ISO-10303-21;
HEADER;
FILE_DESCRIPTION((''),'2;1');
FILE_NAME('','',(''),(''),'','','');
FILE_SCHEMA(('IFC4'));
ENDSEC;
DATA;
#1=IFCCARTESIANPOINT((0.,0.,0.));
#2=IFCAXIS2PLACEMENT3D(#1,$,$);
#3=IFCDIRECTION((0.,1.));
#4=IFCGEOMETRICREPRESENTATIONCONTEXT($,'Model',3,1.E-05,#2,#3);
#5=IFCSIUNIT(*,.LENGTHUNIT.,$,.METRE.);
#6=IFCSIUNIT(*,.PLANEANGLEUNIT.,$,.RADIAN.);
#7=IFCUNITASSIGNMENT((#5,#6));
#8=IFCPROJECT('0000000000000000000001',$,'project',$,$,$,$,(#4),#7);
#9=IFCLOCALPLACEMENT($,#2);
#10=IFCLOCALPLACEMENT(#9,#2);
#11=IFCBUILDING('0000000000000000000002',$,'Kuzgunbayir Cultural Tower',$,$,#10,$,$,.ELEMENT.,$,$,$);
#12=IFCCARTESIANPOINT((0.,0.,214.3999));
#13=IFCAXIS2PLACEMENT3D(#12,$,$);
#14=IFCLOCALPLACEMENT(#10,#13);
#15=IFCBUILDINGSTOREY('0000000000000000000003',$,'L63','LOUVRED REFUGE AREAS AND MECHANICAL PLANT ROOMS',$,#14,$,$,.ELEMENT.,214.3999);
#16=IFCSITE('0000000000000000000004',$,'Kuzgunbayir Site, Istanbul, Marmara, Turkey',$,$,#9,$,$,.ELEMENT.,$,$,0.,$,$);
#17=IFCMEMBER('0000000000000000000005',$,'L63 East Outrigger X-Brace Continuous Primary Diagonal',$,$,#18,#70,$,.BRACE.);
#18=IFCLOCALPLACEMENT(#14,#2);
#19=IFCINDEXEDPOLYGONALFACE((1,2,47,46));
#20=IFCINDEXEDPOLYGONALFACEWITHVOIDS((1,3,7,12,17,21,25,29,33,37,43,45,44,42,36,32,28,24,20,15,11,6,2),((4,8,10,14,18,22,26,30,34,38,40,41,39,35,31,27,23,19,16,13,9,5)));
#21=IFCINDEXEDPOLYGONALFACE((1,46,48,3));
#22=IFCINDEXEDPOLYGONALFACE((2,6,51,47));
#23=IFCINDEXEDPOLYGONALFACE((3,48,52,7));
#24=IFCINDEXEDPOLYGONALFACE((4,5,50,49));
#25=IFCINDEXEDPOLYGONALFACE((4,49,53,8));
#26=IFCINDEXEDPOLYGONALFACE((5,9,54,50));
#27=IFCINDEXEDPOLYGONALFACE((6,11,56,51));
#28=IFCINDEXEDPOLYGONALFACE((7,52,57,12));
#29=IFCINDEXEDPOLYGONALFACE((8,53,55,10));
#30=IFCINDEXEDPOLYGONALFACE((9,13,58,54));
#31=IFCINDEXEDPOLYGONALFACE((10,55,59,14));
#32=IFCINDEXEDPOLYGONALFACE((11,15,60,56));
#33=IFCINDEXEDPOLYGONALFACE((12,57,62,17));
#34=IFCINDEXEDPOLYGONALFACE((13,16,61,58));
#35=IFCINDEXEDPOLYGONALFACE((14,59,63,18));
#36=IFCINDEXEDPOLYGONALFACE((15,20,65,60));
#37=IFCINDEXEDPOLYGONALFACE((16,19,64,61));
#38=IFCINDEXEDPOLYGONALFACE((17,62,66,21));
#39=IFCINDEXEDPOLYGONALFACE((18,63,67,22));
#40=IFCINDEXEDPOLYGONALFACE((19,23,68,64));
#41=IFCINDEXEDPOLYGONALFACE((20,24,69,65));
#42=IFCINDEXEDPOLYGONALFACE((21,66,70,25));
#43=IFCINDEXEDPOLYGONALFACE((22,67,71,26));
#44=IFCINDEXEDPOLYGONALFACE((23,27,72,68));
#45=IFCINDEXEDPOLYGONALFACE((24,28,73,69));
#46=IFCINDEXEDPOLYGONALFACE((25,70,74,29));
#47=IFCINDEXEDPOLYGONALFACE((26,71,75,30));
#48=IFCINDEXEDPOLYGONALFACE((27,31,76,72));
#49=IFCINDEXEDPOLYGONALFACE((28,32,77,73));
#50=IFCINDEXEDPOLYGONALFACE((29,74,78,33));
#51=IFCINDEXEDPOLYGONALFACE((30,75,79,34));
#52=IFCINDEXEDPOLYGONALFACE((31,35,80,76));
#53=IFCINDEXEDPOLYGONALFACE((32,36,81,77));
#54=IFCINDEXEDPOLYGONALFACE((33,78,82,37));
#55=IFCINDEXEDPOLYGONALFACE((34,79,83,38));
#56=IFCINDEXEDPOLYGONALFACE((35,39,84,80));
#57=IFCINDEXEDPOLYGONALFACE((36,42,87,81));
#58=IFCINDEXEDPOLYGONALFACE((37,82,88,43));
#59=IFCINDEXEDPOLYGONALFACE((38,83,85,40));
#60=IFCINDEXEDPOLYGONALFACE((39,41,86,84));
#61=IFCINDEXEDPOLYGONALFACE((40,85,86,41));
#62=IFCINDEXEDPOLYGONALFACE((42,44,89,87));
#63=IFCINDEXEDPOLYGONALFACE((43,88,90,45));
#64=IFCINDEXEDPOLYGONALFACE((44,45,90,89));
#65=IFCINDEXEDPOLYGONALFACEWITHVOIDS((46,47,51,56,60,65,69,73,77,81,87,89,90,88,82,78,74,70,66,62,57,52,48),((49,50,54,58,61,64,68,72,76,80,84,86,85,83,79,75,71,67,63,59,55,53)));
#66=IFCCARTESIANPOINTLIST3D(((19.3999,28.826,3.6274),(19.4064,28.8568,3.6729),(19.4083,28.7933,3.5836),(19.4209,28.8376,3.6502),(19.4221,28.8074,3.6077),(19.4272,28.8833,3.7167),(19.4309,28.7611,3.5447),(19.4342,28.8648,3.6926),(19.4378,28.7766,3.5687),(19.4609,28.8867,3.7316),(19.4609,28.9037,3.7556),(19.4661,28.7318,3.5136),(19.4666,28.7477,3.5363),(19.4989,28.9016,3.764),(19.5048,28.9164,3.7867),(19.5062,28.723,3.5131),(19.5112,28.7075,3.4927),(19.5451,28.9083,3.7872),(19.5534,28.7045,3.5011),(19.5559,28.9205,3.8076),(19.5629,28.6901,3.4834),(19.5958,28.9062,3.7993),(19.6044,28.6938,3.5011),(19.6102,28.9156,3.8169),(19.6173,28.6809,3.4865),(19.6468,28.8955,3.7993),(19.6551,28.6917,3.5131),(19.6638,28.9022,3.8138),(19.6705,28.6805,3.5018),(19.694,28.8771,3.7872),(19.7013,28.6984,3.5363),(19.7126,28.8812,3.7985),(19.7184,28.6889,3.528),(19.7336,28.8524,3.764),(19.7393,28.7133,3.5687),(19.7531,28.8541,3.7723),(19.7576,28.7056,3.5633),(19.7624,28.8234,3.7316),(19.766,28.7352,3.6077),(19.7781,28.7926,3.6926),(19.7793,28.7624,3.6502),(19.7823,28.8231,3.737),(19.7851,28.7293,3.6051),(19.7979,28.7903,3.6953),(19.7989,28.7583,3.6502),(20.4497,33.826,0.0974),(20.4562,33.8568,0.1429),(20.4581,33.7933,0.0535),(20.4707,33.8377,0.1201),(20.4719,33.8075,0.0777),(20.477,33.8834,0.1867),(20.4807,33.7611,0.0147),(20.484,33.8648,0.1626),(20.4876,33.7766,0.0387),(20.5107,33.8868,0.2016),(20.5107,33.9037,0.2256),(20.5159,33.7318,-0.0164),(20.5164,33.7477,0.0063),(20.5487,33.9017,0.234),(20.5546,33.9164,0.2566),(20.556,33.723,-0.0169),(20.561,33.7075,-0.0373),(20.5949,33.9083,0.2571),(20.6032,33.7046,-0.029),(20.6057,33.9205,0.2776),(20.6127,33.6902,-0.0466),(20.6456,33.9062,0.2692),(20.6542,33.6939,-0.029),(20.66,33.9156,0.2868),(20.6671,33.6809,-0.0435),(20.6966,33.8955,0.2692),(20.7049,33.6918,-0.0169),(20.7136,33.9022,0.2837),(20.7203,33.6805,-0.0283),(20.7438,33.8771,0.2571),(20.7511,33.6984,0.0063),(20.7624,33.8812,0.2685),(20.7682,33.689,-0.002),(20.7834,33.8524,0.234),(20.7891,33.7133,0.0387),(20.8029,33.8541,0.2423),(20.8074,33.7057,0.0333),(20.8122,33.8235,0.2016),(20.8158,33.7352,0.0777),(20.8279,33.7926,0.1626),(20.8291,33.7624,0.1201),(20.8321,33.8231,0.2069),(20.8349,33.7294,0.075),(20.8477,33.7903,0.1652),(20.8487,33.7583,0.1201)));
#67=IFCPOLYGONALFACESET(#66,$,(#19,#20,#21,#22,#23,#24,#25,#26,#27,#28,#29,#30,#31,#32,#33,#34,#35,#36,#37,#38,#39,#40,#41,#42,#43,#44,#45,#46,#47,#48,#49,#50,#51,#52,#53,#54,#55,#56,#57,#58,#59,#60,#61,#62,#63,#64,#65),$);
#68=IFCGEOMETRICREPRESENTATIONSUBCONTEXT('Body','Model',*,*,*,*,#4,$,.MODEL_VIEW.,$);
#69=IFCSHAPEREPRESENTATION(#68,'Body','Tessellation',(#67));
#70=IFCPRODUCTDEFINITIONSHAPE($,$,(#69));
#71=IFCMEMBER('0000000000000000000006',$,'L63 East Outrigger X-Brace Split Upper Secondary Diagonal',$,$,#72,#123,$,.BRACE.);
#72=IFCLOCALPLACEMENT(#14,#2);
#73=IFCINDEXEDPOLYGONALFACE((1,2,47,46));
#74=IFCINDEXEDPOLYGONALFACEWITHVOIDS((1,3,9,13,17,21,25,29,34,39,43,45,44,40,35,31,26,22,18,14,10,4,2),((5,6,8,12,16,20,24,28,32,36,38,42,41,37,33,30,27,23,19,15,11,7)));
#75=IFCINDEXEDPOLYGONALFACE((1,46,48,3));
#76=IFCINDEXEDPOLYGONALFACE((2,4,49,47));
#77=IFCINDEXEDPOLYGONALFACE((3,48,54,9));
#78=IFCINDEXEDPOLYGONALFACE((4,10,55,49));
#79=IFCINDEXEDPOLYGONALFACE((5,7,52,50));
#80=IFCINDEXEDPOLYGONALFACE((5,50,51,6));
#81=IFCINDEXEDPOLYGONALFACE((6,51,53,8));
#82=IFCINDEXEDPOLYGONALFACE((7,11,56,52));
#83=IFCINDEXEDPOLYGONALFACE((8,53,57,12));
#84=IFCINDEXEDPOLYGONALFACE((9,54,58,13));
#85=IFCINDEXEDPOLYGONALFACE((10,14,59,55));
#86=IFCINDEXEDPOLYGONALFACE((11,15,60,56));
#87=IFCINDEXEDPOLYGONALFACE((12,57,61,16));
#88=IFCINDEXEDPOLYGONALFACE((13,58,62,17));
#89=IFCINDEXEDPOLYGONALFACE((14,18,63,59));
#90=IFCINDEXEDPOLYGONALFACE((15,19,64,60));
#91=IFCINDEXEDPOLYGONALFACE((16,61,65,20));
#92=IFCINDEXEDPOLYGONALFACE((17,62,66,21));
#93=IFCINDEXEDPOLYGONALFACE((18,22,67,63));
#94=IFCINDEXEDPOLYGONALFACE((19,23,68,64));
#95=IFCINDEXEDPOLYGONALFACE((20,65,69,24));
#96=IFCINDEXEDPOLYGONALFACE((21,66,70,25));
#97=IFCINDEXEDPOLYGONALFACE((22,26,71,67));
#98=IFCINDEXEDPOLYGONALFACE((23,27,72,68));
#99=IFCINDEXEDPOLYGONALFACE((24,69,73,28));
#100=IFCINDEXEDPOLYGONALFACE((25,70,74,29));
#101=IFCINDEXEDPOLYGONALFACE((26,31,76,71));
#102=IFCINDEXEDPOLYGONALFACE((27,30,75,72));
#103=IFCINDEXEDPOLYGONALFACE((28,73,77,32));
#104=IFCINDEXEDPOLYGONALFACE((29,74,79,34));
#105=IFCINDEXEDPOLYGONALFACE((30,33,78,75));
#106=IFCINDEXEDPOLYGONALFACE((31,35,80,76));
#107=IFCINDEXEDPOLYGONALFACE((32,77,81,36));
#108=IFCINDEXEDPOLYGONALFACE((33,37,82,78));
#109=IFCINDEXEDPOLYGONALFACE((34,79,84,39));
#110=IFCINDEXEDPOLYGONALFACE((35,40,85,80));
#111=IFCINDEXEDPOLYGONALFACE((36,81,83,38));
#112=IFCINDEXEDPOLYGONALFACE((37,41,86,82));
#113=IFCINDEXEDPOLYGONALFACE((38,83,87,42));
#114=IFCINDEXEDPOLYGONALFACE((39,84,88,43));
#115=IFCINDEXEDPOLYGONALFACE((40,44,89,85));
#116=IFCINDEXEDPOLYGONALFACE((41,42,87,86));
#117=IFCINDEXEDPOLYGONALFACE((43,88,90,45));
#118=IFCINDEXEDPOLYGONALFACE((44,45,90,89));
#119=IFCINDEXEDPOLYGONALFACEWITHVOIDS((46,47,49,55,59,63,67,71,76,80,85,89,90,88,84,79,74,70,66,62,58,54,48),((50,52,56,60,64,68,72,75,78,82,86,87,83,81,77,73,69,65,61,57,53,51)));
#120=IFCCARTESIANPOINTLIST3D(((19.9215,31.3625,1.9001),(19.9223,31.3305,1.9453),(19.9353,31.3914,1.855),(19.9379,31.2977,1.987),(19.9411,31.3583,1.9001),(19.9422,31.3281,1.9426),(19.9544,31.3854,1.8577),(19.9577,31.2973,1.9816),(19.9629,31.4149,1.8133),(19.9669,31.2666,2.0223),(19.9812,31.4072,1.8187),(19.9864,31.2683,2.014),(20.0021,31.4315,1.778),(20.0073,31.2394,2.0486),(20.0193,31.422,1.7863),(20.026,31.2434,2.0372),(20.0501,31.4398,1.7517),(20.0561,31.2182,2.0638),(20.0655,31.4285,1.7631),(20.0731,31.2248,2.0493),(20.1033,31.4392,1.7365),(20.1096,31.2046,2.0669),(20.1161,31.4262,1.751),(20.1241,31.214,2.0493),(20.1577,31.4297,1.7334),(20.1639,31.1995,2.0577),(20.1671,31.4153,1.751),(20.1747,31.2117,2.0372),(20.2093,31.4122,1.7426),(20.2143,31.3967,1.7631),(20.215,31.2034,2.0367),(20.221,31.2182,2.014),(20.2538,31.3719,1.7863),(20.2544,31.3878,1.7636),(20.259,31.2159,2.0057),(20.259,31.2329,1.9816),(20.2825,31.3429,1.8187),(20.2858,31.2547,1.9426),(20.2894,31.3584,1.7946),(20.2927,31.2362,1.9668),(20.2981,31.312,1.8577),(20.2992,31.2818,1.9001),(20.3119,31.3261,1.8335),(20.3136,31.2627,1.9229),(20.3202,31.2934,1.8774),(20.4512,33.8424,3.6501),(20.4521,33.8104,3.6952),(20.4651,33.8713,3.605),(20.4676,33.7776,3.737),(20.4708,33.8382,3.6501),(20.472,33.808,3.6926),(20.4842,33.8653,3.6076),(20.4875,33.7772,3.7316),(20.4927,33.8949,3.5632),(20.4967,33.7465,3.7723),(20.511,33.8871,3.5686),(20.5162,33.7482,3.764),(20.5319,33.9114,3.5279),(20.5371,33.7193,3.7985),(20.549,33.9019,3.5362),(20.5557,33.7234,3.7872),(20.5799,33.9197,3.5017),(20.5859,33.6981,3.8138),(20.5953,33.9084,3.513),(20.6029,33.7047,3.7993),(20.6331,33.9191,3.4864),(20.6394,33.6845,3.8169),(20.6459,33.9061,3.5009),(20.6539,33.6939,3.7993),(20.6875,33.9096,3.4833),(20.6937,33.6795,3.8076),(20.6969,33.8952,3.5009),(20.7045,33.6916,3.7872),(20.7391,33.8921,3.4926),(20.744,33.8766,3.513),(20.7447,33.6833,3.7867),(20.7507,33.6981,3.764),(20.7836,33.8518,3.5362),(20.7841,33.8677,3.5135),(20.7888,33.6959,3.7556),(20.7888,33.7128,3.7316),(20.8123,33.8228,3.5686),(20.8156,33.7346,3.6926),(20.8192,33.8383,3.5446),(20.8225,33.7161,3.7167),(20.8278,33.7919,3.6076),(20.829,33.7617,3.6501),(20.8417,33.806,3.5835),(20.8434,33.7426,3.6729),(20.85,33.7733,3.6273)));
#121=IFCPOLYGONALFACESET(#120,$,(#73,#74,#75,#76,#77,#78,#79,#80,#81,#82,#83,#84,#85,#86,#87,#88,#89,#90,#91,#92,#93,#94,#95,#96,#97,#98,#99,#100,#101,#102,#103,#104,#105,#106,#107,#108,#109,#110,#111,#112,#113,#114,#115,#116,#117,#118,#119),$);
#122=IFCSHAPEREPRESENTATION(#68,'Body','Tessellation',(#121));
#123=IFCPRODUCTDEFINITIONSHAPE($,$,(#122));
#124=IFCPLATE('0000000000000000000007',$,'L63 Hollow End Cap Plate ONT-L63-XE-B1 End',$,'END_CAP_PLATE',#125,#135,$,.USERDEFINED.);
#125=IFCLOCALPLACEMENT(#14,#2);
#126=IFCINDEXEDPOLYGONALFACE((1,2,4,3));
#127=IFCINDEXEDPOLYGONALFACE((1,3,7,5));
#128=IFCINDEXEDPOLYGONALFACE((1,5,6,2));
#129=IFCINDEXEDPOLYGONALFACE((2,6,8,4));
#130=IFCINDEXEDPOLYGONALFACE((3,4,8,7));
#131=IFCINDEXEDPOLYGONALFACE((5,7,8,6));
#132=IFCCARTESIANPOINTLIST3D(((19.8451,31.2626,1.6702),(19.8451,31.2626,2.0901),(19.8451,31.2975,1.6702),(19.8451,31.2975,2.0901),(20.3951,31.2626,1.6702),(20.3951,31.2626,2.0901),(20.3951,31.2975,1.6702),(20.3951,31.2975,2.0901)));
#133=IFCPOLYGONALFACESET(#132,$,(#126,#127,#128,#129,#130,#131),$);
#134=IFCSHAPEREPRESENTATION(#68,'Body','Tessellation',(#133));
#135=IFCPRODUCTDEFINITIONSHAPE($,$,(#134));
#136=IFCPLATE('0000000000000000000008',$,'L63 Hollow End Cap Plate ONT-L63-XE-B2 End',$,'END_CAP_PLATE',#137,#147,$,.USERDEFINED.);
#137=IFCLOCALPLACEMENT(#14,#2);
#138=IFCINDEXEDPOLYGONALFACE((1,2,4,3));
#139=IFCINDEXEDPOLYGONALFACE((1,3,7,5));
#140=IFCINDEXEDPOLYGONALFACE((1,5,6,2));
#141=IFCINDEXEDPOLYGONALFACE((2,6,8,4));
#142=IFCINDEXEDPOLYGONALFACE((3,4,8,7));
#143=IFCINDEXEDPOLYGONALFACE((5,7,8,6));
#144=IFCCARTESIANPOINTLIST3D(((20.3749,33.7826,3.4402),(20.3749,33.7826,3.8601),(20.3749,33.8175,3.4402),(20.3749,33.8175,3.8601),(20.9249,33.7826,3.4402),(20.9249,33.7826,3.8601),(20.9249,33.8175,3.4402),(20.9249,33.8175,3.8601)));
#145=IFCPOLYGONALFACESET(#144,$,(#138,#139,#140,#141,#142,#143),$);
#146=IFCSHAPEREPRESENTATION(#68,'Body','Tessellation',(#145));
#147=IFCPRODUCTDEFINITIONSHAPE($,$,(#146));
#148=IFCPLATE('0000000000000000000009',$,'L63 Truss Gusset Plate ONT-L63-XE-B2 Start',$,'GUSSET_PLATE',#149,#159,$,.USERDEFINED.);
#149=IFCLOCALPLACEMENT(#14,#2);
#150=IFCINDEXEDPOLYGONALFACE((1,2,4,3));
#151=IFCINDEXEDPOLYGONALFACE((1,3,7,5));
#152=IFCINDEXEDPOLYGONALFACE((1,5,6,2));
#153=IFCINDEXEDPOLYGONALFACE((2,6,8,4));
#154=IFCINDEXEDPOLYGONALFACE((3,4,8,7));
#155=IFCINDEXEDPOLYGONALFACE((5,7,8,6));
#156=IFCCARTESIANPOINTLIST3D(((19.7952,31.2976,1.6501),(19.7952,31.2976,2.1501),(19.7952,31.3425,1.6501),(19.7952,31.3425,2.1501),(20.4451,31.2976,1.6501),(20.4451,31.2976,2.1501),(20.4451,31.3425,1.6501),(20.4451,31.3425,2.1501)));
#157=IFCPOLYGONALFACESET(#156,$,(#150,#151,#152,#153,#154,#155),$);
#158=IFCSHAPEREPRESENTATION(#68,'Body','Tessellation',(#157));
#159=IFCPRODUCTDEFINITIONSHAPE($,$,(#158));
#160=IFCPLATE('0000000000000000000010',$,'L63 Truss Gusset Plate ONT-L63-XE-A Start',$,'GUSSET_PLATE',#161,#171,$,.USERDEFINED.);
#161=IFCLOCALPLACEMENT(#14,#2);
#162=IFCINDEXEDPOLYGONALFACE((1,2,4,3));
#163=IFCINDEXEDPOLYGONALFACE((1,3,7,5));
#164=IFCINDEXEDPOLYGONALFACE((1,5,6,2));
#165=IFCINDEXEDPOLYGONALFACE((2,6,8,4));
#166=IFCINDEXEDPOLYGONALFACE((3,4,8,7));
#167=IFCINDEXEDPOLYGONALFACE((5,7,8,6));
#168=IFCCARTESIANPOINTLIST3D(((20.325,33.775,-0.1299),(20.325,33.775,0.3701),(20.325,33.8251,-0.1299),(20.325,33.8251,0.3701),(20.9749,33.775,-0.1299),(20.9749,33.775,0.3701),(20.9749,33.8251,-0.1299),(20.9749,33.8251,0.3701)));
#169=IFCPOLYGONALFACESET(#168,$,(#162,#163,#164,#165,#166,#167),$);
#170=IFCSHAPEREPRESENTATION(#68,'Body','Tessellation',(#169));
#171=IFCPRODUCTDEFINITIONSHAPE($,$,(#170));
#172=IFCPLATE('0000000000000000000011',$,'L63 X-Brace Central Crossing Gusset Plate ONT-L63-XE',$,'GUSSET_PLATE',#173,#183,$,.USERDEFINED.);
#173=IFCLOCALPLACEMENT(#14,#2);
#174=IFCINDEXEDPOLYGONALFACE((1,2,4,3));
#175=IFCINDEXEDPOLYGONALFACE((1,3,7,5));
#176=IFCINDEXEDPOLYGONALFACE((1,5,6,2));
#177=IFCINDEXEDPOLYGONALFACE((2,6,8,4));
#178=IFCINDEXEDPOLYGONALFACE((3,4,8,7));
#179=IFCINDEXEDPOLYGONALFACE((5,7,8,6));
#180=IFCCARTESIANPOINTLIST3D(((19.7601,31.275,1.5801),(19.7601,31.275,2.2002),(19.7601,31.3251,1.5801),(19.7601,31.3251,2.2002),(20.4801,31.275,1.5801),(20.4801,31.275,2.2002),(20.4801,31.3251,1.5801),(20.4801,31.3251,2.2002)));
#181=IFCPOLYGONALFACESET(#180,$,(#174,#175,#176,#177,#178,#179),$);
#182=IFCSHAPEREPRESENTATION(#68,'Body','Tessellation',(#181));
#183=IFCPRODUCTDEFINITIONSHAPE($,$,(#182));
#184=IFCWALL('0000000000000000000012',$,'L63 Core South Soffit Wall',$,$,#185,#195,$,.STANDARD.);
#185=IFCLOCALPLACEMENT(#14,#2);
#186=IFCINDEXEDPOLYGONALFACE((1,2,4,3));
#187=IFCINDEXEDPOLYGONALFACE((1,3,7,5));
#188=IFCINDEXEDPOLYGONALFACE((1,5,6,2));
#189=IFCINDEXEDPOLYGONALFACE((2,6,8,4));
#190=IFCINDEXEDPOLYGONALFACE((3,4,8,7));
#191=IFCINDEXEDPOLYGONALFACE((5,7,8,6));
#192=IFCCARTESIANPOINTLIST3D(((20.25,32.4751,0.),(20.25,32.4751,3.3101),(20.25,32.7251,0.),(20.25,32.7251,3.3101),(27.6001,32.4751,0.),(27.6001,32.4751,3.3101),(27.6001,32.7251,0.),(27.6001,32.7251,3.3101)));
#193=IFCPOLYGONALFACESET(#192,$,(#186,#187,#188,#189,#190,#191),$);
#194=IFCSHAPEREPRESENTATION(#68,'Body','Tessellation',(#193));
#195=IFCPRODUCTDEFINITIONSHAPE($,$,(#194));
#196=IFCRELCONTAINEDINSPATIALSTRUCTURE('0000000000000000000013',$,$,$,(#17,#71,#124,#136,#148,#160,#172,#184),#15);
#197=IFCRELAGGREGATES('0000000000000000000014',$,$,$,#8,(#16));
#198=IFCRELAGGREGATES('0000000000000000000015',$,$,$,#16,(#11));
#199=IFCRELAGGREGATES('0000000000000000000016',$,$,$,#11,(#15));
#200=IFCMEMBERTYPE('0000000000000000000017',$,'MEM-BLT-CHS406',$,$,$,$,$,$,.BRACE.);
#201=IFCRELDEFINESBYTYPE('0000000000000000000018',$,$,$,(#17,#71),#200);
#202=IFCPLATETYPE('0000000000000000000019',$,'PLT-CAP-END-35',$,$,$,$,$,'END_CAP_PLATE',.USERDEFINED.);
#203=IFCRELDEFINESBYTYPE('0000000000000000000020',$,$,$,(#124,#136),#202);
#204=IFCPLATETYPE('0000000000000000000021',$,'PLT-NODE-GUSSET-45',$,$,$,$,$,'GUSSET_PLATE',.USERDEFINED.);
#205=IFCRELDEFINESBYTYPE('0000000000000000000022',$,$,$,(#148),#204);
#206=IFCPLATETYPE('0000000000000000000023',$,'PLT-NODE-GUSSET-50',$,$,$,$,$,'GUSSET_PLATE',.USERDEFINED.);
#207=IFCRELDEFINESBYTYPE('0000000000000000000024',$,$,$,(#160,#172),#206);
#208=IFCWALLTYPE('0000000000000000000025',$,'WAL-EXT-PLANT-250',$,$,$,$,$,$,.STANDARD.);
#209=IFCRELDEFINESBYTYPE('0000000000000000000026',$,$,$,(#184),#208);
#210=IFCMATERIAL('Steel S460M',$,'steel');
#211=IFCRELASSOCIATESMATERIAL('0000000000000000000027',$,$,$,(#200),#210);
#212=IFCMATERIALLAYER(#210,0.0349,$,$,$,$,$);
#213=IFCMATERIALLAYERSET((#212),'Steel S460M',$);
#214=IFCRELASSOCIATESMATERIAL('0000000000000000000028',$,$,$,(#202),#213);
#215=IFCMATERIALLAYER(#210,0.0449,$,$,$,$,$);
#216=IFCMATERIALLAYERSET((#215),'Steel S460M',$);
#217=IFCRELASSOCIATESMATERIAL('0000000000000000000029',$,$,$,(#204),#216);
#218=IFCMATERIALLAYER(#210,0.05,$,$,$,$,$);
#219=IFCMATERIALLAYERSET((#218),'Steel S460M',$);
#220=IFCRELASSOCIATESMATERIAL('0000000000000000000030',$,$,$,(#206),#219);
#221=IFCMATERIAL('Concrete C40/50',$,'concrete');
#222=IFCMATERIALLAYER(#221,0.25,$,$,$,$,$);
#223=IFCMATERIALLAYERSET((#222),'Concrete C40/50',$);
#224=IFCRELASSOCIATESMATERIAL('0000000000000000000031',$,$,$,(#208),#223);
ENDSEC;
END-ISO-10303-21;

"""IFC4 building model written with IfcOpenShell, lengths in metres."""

from ifc_helpers import new_model, si_unit, direction, frame, frame_2d, origin, origin_2d, place, context, subcontext, project, spatial, rectangle, hollow_circle, extrude, material, layer, layer_set, material_profile, profile_set, type_object, element, save


model = new_model("IFC4")

# Units and contexts
model_context = context("Model", 3, precision=1e-05, world=origin(), true_north=direction((0.0, 1.0)))
body_context = subcontext(model_context, "Body", "Model", "MODEL_VIEW")
ifc_project = project(units=[si_unit("LENGTHUNIT", "METRE"), si_unit("PLANEANGLEUNIT", "RADIAN")], contexts=[model_context])

# Site, building, storey
site_placement = place(None, origin())
site = spatial("IfcSite", under=ifc_project, at=site_placement, Name="Kuzgunbayir Site, Istanbul, Marmara, Turkey", CompositionType="ELEMENT", RefElevation=0.0)
building_placement = place(site_placement, origin())
building = spatial("IfcBuilding", under=site, at=building_placement, Name="Kuzgunbayir Cultural Tower", CompositionType="ELEMENT")
storey_placement = place(building_placement, frame((0.0, 0.0, 214.3999)))
storey = spatial("IfcBuildingStorey", under=building, at=storey_placement, Name="L63", Description="LOUVRED REFUGE AREAS AND MECHANICAL PLANT ROOMS", CompositionType="ELEMENT", Elevation=214.3999)

# Members
ifc_material_1 = material(Name="Steel S460M", Category="steel")
ifc_material_profile_1 = material_profile(ifc_material_1, hollow_circle(Radius=0.2031, WallThickness=0.02, at=origin_2d()), Name="CHS 406.4x20")
ifc_profile_set_1 = profile_set([ifc_material_profile_1], Name="Steel S460M")
member_type = type_object("IfcMemberType", Name="MEM-BLT-CHS406", PredefinedType="BRACE", material=ifc_profile_set_1)
member_1_placement = place(storey_placement, frame((20.6499, 33.8, 0.1201), z_axis=(-0.169053, -0.805162, 0.568449), x_axis=(0.978661, -0.205481, 0.0)))
element("IfcMember", 1, at=member_1_placement, inside=storey, type_object=member_type, Name="L63 East Outrigger X-Brace Continuous Primary Diagonal", PredefinedType="BRACE", context=body_context, shape_type="SweptSolid", body=[
    extrude(hollow_circle(Radius=0.2031, WallThickness=0.02, at=origin_2d()), origin(), (0.0, 0.0, 1.0), 6.21),
])
member_2_placement = place(storey_placement, frame((20.1201, 31.3201, 1.9001), z_axis=(0.171944, 0.804888, 0.56797), x_axis=(-0.977935, 0.208911, 0.0)))
element("IfcMember", 2, at=member_2_placement, inside=storey, type_object=member_type, Name="L63 East Outrigger X-Brace Split Upper Secondary Diagonal", PredefinedType="BRACE", context=body_context, shape_type="SweptSolid", body=[
    extrude(hollow_circle(Radius=0.2031, WallThickness=0.02, at=origin_2d()), origin(), (0.0, 0.0, 1.0), 3.0811),
])

# Plates
ifc_layer_1 = layer(ifc_material_1, 0.0349)
ifc_layer_set_1 = layer_set([ifc_layer_1], Name="Steel S460M")
plate_type_1 = type_object("IfcPlateType", Name="PLT-CAP-END-35", ElementType="END_CAP_PLATE", PredefinedType="USERDEFINED", material=ifc_layer_set_1)
for number, where, z_axis, x_axis, name in (
    (3, (20.1201, 31.28, 1.6702), (0.0, 0.0, 1.0), (1.0, 0.0, 0.0), "L63 Hollow End Cap Plate ONT-L63-XE-B1 End"),
    (4, (20.6499, 33.8, 3.4402), (0.0, 0.0, 1.0), (1.0, 0.0, 0.0), "L63 Hollow End Cap Plate ONT-L63-XE-B2 End"),
):
    element("IfcPlate", number, at=place(storey_placement, frame(where, z_axis=z_axis, x_axis=x_axis)), inside=storey, type_object=plate_type_1, Name=name, ObjectType="END_CAP_PLATE", PredefinedType="USERDEFINED", context=body_context, shape_type="SweptSolid", body=[
        extrude(rectangle(XDim=0.55, YDim=0.0349, at=origin_2d()), origin(), (0.0, 0.0, 1.0), 0.4199),
    ])
ifc_layer_2 = layer(ifc_material_1, 0.0449)
ifc_layer_set_2 = layer_set([ifc_layer_2], Name="Steel S460M")
plate_type_2 = type_object("IfcPlateType", Name="PLT-NODE-GUSSET-45", ElementType="GUSSET_PLATE", PredefinedType="USERDEFINED", material=ifc_layer_set_2)
plate_1_placement = place(storey_placement, frame((20.1201, 31.3201, 1.6501), z_axis=(0.0, 0.0, 1.0), x_axis=(1.0, 0.0, 0.0)))
element("IfcPlate", 5, at=plate_1_placement, inside=storey, type_object=plate_type_2, Name="L63 Truss Gusset Plate ONT-L63-XE-B2 Start", ObjectType="GUSSET_PLATE", PredefinedType="USERDEFINED", context=body_context, shape_type="SweptSolid", body=[
    extrude(rectangle(XDim=0.6499, YDim=0.0449, at=origin_2d()), origin(), (0.0, 0.0, 1.0), 0.5),
])
ifc_layer_3 = layer(ifc_material_1, 0.05)
ifc_layer_set_3 = layer_set([ifc_layer_3], Name="Steel S460M")
plate_type_3 = type_object("IfcPlateType", Name="PLT-NODE-GUSSET-50", ElementType="GUSSET_PLATE", PredefinedType="USERDEFINED", material=ifc_layer_set_3)
plate_2_placement = place(storey_placement, frame((20.6499, 33.8, -0.1299), z_axis=(0.0, 0.0, 1.0), x_axis=(1.0, 0.0, 0.0)))
element("IfcPlate", 6, at=plate_2_placement, inside=storey, type_object=plate_type_3, Name="L63 Truss Gusset Plate ONT-L63-XE-A Start", ObjectType="GUSSET_PLATE", PredefinedType="USERDEFINED", context=body_context, shape_type="SweptSolid", body=[
    extrude(rectangle(XDim=0.6499, YDim=0.05, at=origin_2d()), origin(), (0.0, 0.0, 1.0), 0.5),
])
plate_3_placement = place(storey_placement, frame((20.1201, 31.3, 1.5801), z_axis=(0.0, 0.0, 1.0), x_axis=(1.0, 0.0, 0.0)))
element("IfcPlate", 7, at=plate_3_placement, inside=storey, type_object=plate_type_3, Name="L63 X-Brace Central Crossing Gusset Plate ONT-L63-XE", ObjectType="GUSSET_PLATE", PredefinedType="USERDEFINED", context=body_context, shape_type="SweptSolid", body=[
    extrude(rectangle(XDim=0.72, YDim=0.05, at=origin_2d()), origin(), (0.0, 0.0, 1.0), 0.6201),
])

# Wall
ifc_material_2 = material(Name="Concrete C40/50", Category="concrete")
ifc_layer_4 = layer(ifc_material_2, 0.25)
ifc_layer_set_4 = layer_set([ifc_layer_4], Name="Concrete C40/50")
wall_type_1 = type_object("IfcWallType", Name="WAL-EXT-PLANT-250", PredefinedType="STANDARD", material=ifc_layer_set_4)
wall_1_placement = place(storey_placement, frame((20.25, 32.6001, 0.0), z_axis=(0.0, 0.0, 1.0), x_axis=(1.0, 0.0, 0.0)))
element("IfcWall", 8, at=wall_1_placement, inside=storey, type_object=wall_type_1, Name="L63 Core South Soffit Wall", PredefinedType="STANDARD", context=body_context, shape_type="SweptSolid", body=[
    extrude(rectangle(XDim=7.3501, YDim=0.25, at=frame_2d((3.675, 0.0))), origin(), (0.0, 0.0, 1.0), 3.3101),
])

save(model, "model.ifc")
